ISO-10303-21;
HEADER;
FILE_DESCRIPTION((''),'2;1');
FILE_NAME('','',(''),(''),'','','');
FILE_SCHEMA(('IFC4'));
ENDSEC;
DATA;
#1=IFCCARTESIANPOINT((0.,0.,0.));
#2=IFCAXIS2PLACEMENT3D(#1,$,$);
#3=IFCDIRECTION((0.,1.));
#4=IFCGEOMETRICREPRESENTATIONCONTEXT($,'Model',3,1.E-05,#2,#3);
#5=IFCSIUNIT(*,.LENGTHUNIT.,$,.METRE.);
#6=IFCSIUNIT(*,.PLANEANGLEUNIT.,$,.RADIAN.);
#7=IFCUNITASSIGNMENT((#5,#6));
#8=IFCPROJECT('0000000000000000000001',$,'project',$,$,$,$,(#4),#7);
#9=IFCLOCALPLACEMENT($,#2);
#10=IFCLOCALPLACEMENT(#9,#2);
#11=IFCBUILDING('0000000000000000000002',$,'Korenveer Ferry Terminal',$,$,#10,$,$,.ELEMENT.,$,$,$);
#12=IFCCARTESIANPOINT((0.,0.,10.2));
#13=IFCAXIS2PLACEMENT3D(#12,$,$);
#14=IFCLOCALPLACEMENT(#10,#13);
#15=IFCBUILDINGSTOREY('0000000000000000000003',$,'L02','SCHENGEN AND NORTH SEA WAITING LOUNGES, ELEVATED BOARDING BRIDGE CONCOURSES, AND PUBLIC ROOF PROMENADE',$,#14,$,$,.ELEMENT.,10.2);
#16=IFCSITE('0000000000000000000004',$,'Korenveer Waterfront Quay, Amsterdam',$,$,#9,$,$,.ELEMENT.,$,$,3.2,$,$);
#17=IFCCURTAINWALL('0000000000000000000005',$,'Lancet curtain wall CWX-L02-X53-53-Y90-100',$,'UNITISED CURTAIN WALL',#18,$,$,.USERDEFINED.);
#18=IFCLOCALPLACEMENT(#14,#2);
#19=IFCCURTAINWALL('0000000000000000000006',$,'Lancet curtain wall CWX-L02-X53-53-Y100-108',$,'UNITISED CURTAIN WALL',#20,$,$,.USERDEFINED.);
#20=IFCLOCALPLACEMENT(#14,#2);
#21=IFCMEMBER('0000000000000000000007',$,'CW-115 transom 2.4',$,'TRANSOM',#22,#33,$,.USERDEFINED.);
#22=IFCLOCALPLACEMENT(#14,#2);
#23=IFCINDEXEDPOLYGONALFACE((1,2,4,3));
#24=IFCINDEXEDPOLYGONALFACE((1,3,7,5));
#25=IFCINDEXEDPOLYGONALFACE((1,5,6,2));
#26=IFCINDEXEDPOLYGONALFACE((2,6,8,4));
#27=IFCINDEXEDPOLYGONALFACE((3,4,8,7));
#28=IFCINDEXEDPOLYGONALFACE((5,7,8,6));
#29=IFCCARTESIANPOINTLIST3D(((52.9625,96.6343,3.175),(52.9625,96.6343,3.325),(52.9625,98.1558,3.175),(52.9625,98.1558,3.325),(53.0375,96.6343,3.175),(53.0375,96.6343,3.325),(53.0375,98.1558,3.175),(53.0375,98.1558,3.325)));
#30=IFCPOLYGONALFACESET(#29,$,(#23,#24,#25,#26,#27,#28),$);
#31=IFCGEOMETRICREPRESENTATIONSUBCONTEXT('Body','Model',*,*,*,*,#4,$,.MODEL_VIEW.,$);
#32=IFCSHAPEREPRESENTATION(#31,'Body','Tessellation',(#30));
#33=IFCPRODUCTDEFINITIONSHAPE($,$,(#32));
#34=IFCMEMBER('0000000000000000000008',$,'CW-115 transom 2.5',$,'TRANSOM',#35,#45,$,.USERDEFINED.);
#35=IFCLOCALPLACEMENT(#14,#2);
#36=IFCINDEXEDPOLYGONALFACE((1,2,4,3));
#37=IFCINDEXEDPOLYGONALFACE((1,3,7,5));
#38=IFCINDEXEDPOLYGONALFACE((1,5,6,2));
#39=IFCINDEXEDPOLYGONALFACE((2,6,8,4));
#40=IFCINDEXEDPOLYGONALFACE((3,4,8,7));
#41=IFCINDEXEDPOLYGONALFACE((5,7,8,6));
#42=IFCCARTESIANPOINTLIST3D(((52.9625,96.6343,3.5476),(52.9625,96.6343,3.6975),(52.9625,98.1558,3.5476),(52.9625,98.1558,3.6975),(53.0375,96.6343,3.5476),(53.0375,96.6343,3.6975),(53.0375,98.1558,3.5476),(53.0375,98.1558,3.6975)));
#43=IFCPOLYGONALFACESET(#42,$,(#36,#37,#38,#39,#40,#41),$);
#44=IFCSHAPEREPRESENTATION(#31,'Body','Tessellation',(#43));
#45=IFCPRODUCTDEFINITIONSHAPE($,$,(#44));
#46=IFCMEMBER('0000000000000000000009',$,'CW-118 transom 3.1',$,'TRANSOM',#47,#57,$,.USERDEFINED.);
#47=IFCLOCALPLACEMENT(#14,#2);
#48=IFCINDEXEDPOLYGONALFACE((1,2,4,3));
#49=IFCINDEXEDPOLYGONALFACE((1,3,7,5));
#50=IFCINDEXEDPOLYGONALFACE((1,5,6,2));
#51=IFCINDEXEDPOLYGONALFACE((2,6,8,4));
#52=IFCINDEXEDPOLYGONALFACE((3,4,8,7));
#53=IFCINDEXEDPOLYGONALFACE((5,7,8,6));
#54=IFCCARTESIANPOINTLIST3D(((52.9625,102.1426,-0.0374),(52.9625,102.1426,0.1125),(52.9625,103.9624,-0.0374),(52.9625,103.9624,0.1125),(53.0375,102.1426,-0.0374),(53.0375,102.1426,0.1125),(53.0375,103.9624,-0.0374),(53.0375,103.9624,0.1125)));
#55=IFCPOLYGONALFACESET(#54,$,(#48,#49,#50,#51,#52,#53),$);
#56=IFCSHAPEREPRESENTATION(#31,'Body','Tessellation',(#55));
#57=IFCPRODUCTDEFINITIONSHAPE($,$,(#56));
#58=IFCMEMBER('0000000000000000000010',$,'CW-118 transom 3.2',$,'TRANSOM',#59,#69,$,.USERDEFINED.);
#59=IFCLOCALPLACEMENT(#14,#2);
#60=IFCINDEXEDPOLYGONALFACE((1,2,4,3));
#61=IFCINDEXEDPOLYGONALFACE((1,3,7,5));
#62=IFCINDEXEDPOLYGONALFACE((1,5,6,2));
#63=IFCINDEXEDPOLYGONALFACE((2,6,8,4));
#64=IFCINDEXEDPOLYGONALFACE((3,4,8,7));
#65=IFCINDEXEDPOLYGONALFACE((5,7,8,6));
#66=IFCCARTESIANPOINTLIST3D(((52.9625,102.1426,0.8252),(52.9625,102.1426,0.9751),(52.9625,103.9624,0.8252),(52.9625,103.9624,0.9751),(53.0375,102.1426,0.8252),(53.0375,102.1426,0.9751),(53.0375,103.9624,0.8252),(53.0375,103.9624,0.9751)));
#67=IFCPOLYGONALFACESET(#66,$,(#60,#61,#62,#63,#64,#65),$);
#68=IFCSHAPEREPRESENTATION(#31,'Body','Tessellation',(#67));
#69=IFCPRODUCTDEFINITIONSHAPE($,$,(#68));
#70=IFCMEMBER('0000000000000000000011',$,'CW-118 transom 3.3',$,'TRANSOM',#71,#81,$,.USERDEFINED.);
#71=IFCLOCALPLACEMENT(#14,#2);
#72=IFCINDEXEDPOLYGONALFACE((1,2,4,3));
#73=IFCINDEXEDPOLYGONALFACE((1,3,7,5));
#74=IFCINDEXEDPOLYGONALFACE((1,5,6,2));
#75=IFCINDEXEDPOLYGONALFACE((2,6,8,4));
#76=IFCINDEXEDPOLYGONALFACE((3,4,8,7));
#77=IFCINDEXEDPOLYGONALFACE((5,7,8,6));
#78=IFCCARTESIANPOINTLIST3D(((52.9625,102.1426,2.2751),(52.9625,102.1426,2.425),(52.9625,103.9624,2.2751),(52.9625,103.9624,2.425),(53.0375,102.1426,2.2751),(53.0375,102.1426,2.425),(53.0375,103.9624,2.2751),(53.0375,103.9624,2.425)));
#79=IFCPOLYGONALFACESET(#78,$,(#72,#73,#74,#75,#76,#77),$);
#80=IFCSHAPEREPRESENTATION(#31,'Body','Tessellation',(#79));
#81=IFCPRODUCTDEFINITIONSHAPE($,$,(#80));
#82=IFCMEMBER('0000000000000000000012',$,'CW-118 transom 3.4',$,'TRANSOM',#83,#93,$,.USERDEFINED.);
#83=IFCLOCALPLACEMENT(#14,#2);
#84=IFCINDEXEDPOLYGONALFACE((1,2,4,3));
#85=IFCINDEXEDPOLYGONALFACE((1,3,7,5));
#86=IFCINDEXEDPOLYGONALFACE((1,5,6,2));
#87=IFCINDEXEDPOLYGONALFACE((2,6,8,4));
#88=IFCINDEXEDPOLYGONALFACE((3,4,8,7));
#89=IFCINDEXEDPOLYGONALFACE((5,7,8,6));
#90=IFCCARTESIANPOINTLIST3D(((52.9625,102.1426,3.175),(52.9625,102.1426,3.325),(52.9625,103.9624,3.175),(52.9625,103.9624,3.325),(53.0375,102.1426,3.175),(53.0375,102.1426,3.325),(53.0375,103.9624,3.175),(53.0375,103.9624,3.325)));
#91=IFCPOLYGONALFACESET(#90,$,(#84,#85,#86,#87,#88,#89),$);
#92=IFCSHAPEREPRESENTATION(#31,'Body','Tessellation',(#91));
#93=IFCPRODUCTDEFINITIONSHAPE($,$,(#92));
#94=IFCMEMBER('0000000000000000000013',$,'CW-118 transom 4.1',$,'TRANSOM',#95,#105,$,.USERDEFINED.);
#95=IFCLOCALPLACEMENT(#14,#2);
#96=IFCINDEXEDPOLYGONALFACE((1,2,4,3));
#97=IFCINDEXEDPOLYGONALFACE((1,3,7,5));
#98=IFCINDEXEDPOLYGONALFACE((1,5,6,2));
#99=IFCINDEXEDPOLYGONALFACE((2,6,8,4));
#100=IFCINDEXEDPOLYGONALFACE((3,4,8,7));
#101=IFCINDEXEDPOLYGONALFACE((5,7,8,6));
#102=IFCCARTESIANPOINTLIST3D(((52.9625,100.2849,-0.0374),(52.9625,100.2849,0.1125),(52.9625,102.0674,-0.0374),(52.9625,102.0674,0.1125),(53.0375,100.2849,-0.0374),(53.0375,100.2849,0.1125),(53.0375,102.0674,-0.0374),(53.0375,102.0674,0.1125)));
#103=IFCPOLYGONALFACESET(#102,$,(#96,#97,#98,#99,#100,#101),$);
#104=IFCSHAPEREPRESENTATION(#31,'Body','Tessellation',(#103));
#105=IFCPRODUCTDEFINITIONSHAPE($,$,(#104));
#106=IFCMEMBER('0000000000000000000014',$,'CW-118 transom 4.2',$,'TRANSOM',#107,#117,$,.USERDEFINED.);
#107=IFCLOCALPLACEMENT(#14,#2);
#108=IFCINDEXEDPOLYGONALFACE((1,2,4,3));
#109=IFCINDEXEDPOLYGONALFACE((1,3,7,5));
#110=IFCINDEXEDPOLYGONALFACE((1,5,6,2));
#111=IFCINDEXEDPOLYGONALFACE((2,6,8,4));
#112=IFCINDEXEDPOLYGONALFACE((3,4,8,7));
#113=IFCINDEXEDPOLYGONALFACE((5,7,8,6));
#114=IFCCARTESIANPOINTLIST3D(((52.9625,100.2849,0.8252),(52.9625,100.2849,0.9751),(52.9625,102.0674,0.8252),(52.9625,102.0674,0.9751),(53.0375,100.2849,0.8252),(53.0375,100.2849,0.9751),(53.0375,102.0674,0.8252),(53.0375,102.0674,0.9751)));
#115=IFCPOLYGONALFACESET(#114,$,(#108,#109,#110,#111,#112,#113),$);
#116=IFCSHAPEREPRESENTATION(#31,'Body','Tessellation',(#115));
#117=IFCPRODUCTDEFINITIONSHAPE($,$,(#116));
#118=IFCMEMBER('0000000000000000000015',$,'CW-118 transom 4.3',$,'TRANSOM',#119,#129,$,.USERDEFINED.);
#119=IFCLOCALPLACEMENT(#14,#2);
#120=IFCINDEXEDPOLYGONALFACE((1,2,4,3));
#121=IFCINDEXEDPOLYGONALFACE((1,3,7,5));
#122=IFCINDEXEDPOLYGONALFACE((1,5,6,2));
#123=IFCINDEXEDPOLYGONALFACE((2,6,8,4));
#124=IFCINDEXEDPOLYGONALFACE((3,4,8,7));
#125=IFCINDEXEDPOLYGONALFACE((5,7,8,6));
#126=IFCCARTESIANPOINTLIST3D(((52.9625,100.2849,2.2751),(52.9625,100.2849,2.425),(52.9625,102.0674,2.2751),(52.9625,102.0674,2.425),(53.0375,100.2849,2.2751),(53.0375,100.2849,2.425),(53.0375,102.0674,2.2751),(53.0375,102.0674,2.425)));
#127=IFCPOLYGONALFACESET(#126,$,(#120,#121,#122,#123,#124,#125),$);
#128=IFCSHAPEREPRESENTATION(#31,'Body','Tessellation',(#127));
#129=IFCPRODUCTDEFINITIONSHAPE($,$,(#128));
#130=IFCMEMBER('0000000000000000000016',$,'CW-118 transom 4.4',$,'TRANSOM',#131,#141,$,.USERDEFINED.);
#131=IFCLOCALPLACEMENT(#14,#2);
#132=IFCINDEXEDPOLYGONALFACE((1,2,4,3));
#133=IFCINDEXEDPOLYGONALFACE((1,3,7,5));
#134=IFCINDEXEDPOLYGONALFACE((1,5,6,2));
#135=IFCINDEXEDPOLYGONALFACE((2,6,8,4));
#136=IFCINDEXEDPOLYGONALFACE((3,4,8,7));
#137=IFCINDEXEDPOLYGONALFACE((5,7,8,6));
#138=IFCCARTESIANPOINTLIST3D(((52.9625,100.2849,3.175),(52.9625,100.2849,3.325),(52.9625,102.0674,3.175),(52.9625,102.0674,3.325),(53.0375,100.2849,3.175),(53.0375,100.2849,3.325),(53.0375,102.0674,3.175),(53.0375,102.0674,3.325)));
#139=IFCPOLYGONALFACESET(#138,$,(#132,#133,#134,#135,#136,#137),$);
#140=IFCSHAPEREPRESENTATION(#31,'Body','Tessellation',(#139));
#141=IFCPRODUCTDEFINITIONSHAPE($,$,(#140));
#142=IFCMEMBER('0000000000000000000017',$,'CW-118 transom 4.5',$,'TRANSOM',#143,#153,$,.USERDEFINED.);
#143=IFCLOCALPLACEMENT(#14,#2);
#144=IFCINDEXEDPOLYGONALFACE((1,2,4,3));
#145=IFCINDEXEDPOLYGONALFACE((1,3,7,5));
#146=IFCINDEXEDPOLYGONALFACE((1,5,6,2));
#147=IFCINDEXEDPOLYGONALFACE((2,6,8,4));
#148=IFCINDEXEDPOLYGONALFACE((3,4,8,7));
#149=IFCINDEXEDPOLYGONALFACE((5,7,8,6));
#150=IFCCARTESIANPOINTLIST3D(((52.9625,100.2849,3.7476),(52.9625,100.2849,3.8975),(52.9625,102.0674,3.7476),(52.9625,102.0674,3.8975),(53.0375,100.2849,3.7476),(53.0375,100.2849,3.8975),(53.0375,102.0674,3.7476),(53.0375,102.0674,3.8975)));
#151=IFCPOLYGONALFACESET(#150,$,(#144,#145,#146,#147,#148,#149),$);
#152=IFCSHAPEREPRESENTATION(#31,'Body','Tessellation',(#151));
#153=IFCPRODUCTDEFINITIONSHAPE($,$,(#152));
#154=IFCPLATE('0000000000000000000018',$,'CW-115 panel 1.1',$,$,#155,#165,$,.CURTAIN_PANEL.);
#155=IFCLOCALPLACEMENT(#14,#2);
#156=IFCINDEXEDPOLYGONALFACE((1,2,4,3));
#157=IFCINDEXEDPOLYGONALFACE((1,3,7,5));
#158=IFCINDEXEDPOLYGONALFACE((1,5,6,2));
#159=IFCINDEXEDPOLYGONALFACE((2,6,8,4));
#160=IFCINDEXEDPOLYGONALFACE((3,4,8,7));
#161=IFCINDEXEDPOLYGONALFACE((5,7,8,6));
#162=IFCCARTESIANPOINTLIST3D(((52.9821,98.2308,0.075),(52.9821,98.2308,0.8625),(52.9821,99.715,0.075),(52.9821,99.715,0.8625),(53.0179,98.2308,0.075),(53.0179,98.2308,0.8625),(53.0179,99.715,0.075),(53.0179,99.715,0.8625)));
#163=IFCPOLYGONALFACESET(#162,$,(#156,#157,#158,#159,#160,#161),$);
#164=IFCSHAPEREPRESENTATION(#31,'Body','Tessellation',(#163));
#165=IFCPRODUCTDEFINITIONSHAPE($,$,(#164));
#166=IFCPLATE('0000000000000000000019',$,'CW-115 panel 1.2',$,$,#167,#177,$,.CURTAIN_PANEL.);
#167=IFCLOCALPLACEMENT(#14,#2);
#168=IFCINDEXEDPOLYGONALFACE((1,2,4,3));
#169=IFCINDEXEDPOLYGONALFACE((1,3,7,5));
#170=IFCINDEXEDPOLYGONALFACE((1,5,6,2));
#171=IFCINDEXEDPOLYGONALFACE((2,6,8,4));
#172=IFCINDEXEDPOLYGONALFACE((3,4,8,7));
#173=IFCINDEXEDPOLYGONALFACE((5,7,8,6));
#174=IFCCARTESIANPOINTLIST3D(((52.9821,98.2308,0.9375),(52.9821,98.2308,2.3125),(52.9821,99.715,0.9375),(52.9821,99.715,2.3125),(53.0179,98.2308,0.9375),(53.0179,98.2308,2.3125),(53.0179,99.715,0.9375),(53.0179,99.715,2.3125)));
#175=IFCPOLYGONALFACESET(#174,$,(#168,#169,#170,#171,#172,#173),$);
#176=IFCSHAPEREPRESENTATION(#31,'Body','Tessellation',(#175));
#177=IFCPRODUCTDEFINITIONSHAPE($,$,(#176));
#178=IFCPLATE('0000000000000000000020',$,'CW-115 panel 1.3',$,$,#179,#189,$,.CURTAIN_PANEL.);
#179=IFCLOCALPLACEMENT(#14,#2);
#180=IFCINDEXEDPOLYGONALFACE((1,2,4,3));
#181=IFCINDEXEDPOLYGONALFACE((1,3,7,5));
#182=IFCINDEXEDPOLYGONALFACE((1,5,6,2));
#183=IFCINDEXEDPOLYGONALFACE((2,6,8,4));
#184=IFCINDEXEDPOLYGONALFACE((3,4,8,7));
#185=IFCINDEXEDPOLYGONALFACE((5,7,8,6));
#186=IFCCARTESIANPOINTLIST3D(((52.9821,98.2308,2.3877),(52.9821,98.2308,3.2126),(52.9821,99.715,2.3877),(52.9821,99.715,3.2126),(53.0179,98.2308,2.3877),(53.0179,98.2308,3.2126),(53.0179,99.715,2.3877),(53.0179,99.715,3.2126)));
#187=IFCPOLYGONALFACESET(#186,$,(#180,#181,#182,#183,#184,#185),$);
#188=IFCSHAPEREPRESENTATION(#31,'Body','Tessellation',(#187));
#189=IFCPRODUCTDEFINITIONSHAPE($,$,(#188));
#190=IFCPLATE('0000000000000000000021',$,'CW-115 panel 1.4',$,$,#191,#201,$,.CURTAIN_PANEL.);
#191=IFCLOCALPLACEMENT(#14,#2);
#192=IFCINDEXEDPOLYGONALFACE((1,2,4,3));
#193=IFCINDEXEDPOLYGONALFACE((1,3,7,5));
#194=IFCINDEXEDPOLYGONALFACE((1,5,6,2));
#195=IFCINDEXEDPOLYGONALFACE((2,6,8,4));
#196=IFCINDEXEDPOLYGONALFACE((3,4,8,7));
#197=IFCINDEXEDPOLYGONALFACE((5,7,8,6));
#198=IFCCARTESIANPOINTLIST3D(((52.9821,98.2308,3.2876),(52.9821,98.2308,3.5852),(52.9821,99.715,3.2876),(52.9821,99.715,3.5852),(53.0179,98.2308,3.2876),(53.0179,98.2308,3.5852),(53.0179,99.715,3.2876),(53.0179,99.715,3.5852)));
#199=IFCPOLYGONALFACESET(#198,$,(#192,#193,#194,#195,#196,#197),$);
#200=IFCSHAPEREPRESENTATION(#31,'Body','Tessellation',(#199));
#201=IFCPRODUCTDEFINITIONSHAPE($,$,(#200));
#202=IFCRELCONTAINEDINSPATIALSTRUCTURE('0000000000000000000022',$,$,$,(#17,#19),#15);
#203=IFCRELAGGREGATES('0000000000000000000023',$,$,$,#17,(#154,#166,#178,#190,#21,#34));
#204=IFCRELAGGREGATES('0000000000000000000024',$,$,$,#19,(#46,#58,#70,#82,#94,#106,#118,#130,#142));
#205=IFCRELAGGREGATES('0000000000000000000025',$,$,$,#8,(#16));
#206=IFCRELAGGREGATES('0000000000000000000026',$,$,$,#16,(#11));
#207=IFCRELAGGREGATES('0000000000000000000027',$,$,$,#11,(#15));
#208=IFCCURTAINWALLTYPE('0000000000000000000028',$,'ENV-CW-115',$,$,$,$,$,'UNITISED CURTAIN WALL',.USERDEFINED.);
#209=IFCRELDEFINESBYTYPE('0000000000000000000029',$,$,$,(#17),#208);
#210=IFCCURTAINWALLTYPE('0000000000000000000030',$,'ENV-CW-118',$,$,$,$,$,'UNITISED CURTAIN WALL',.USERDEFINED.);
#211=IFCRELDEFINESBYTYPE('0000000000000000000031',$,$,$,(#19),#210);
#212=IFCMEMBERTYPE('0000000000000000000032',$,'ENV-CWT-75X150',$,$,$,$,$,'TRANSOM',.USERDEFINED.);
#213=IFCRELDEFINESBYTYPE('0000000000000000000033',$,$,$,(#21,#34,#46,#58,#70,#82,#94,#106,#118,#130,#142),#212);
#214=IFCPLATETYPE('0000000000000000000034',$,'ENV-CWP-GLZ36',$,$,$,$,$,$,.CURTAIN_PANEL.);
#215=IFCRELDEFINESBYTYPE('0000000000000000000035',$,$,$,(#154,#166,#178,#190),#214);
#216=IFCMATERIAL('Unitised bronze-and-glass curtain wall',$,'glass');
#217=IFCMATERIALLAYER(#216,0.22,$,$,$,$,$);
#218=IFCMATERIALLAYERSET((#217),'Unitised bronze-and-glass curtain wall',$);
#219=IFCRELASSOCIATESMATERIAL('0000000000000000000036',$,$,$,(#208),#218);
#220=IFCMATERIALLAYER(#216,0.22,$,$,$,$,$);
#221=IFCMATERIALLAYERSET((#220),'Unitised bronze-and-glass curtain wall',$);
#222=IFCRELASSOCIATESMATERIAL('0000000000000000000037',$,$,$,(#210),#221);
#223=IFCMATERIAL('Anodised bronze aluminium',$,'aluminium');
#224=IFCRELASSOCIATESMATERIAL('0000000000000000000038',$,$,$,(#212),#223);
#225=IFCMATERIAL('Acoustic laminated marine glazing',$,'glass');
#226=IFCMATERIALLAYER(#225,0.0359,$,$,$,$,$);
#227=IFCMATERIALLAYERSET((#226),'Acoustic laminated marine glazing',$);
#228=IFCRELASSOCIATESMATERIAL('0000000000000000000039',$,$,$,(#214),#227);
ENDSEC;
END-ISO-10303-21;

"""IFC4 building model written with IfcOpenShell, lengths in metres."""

from ifc_helpers import new_model, si_unit, direction, frame, origin, origin_2d, place, context, subcontext, project, spatial, rectangle, extrude, material, layer, layer_set, material_profile, profile_set, type_object, element, aggregate, save


model = new_model("IFC4")

# Units and contexts
model_context = context("Model", 3, precision=1e-05, world=origin(), true_north=direction((0.0, 1.0)))
body_context = subcontext(model_context, "Body", "Model", "MODEL_VIEW")
ifc_project = project(units=[si_unit("LENGTHUNIT", "METRE"), si_unit("PLANEANGLEUNIT", "RADIAN")], contexts=[model_context])

# Site, building, storey
site_placement = place(None, origin())
site = spatial("IfcSite", under=ifc_project, at=site_placement, Name="Korenveer Waterfront Quay, Amsterdam", CompositionType="ELEMENT", RefElevation=3.2)
building_placement = place(site_placement, origin())
building = spatial("IfcBuilding", under=site, at=building_placement, Name="Korenveer Ferry Terminal", CompositionType="ELEMENT")
storey_placement = place(building_placement, frame((0.0, 0.0, 10.2)))
storey = spatial("IfcBuildingStorey", under=building, at=storey_placement, Name="L02", Description="SCHENGEN AND NORTH SEA WAITING LOUNGES, ELEVATED BOARDING BRIDGE CONCOURSES, AND PUBLIC ROOF PROMENADE", CompositionType="ELEMENT", Elevation=10.2)

# Curtain walls
ifc_material_1 = material(Name="Unitised bronze-and-glass curtain wall", Category="glass")
ifc_layer_1 = layer(ifc_material_1, 0.22)
ifc_layer_set_1 = layer_set([ifc_layer_1], Name="Unitised bronze-and-glass curtain wall")
curtain_wall_type_1 = type_object("IfcCurtainWallType", Name="ENV-CW-115", ElementType="UNITISED CURTAIN WALL", PredefinedType="USERDEFINED", material=ifc_layer_set_1)
curtain_wall_1_placement = place(storey_placement, frame((53.0, 99.79, 0.0)))
curtain_wall_1 = element("IfcCurtainWall", 1, at=curtain_wall_1_placement, inside=storey, type_object=curtain_wall_type_1, Name="Lancet curtain wall CWX-L02-X53-53-Y90-100", ObjectType="UNITISED CURTAIN WALL", PredefinedType="USERDEFINED")
ifc_material_2 = material(Name="Anodised bronze aluminium", Category="aluminium")
ifc_layer_2 = layer(ifc_material_1, 0.22)
ifc_layer_set_2 = layer_set([ifc_layer_2], Name="Unitised bronze-and-glass curtain wall")
curtain_wall_type_2 = type_object("IfcCurtainWallType", Name="ENV-CW-118", ElementType="UNITISED CURTAIN WALL", PredefinedType="USERDEFINED", material=ifc_layer_set_2)
curtain_wall_2_placement = place(storey_placement, frame((53.0, 107.79, 0.0)))
curtain_wall_2 = element("IfcCurtainWall", 2, at=curtain_wall_2_placement, inside=storey, type_object=curtain_wall_type_2, Name="Lancet curtain wall CWX-L02-X53-53-Y100-108", ObjectType="UNITISED CURTAIN WALL", PredefinedType="USERDEFINED")

# Members
ifc_material_profile_1 = material_profile(ifc_material_2, rectangle(XDim=0.075, YDim=0.1499, at=origin_2d()), Name="ALU 75x150")
ifc_profile_set_1 = profile_set([ifc_material_profile_1], Name="Anodised bronze aluminium")
member_type_1 = type_object("IfcMemberType", Name="ENV-CWT-75X150", ElementType="TRANSOM", PredefinedType="USERDEFINED", material=ifc_profile_set_1)
member_1_placement = place(storey_placement, frame((53.0, 98.1558, 3.25), z_axis=(0.0, -1.0, 0.0), x_axis=(1.0, 0.0, 0.0)))
member_1 = element("IfcMember", 3, at=member_1_placement, type_object=member_type_1, Name="CW-115 transom 2.4", ObjectType="TRANSOM", PredefinedType="USERDEFINED", context=body_context, shape_type="SweptSolid", body=[
    extrude(rectangle(XDim=0.075, YDim=0.1499, at=origin_2d()), origin(), (0.0, 0.0, 1.0), 1.5215),
])
member_2_placement = place(storey_placement, frame((53.0, 98.1558, 3.6226), z_axis=(0.0, -1.0, 0.0), x_axis=(1.0, 0.0, 0.0)))
member_2 = element("IfcMember", 4, at=member_2_placement, type_object=member_type_1, Name="CW-115 transom 2.5", ObjectType="TRANSOM", PredefinedType="USERDEFINED", context=body_context, shape_type="SweptSolid", body=[
    extrude(rectangle(XDim=0.075, YDim=0.1499, at=origin_2d()), origin(), (0.0, 0.0, 1.0), 1.5215),
])
member_3_placement = place(storey_placement, frame((53.0, 103.9624, 0.0376), z_axis=(0.0, -1.0, 0.0), x_axis=(1.0, 0.0, 0.0)))
member_3 = element("IfcMember", 5, at=member_3_placement, type_object=member_type_1, Name="CW-118 transom 3.1", ObjectType="TRANSOM", PredefinedType="USERDEFINED", context=body_context, shape_type="SweptSolid", body=[
    extrude(rectangle(XDim=0.075, YDim=0.1499, at=origin_2d()), origin(), (0.0, 0.0, 1.0), 1.8198),
])
member_4_placement = place(storey_placement, frame((53.0, 103.9624, 0.9001), z_axis=(0.0, -1.0, 0.0), x_axis=(1.0, 0.0, 0.0)))
member_4 = element("IfcMember", 6, at=member_4_placement, type_object=member_type_1, Name="CW-118 transom 3.2", ObjectType="TRANSOM", PredefinedType="USERDEFINED", context=body_context, shape_type="SweptSolid", body=[
    extrude(rectangle(XDim=0.075, YDim=0.1499, at=origin_2d()), origin(), (0.0, 0.0, 1.0), 1.8198),
])
member_5_placement = place(storey_placement, frame((53.0, 103.9624, 2.3501), z_axis=(0.0, -1.0, 0.0), x_axis=(1.0, 0.0, 0.0)))
member_5 = element("IfcMember", 7, at=member_5_placement, type_object=member_type_1, Name="CW-118 transom 3.3", ObjectType="TRANSOM", PredefinedType="USERDEFINED", context=body_context, shape_type="SweptSolid", body=[
    extrude(rectangle(XDim=0.075, YDim=0.1499, at=origin_2d()), origin(), (0.0, 0.0, 1.0), 1.8198),
])
member_6_placement = place(storey_placement, frame((53.0, 103.9624, 3.25), z_axis=(0.0, -1.0, 0.0), x_axis=(1.0, 0.0, 0.0)))
member_6 = element("IfcMember", 8, at=member_6_placement, type_object=member_type_1, Name="CW-118 transom 3.4", ObjectType="TRANSOM", PredefinedType="USERDEFINED", context=body_context, shape_type="SweptSolid", body=[
    extrude(rectangle(XDim=0.075, YDim=0.1499, at=origin_2d()), origin(), (0.0, 0.0, 1.0), 1.8198),
])
member_7_placement = place(storey_placement, frame((53.0, 102.0674, 0.0376), z_axis=(0.0, -1.0, 0.0), x_axis=(1.0, 0.0, 0.0)))
member_7 = element("IfcMember", 9, at=member_7_placement, type_object=member_type_1, Name="CW-118 transom 4.1", ObjectType="TRANSOM", PredefinedType="USERDEFINED", context=body_context, shape_type="SweptSolid", body=[
    extrude(rectangle(XDim=0.075, YDim=0.1499, at=origin_2d()), origin(), (0.0, 0.0, 1.0), 1.7825),
])
member_8_placement = place(storey_placement, frame((53.0, 102.0674, 0.9001), z_axis=(0.0, -1.0, 0.0), x_axis=(1.0, 0.0, 0.0)))
member_8 = element("IfcMember", 10, at=member_8_placement, type_object=member_type_1, Name="CW-118 transom 4.2", ObjectType="TRANSOM", PredefinedType="USERDEFINED", context=body_context, shape_type="SweptSolid", body=[
    extrude(rectangle(XDim=0.075, YDim=0.1499, at=origin_2d()), origin(), (0.0, 0.0, 1.0), 1.7825),
])
member_9_placement = place(storey_placement, frame((53.0, 102.0674, 2.3501), z_axis=(0.0, -1.0, 0.0), x_axis=(1.0, 0.0, 0.0)))
member_9 = element("IfcMember", 11, at=member_9_placement, type_object=member_type_1, Name="CW-118 transom 4.3", ObjectType="TRANSOM", PredefinedType="USERDEFINED", context=body_context, shape_type="SweptSolid", body=[
    extrude(rectangle(XDim=0.075, YDim=0.1499, at=origin_2d()), origin(), (0.0, 0.0, 1.0), 1.7825),
])
member_10_placement = place(storey_placement, frame((53.0, 102.0674, 3.25), z_axis=(0.0, -1.0, 0.0), x_axis=(1.0, 0.0, 0.0)))
member_10 = element("IfcMember", 12, at=member_10_placement, type_object=member_type_1, Name="CW-118 transom 4.4", ObjectType="TRANSOM", PredefinedType="USERDEFINED", context=body_context, shape_type="SweptSolid", body=[
    extrude(rectangle(XDim=0.075, YDim=0.1499, at=origin_2d()), origin(), (0.0, 0.0, 1.0), 1.7825),
])
member_11_placement = place(storey_placement, frame((53.0, 102.0674, 3.8225), z_axis=(0.0, -1.0, 0.0), x_axis=(1.0, 0.0, 0.0)))
member_11 = element("IfcMember", 13, at=member_11_placement, type_object=member_type_1, Name="CW-118 transom 4.5", ObjectType="TRANSOM", PredefinedType="USERDEFINED", context=body_context, shape_type="SweptSolid", body=[
    extrude(rectangle(XDim=0.075, YDim=0.1499, at=origin_2d()), origin(), (0.0, 0.0, 1.0), 1.7825),
])

# Plates
ifc_material_3 = material(Name="Acoustic laminated marine glazing", Category="glass")
ifc_layer_3 = layer(ifc_material_3, 0.0359)
ifc_layer_set_3 = layer_set([ifc_layer_3], Name="Acoustic laminated marine glazing")
plate_type = type_object("IfcPlateType", Name="ENV-CWP-GLZ36", PredefinedType="CURTAIN_PANEL", material=ifc_layer_set_3)
plate_1_placement = place(storey_placement, frame((53.0, 98.9729, 0.075), z_axis=(0.0, 0.0, 1.0), x_axis=(0.0, -1.0, 0.0)))
plate_1 = element("IfcPlate", 14, at=plate_1_placement, type_object=plate_type, Name="CW-115 panel 1.1", PredefinedType="CURTAIN_PANEL", context=body_context, shape_type="SweptSolid", body=[
    extrude(rectangle(XDim=1.4841, YDim=0.0359, at=origin_2d()), origin(), (0.0, 0.0, 1.0), 0.7876),
])
plate_2_placement = place(storey_placement, frame((53.0, 98.9729, 0.9375), z_axis=(0.0, 0.0, 1.0), x_axis=(0.0, -1.0, 0.0)))
plate_2 = element("IfcPlate", 15, at=plate_2_placement, type_object=plate_type, Name="CW-115 panel 1.2", PredefinedType="CURTAIN_PANEL", context=body_context, shape_type="SweptSolid", body=[
    extrude(rectangle(XDim=1.4841, YDim=0.0359, at=origin_2d()), origin(), (0.0, 0.0, 1.0), 1.375),
])
plate_3_placement = place(storey_placement, frame((53.0, 98.9729, 2.3877), z_axis=(0.0, 0.0, 1.0), x_axis=(0.0, -1.0, 0.0)))
plate_3 = element("IfcPlate", 16, at=plate_3_placement, type_object=plate_type, Name="CW-115 panel 1.3", PredefinedType="CURTAIN_PANEL", context=body_context, shape_type="SweptSolid", body=[
    extrude(rectangle(XDim=1.4841, YDim=0.0359, at=origin_2d()), origin(), (0.0, 0.0, 1.0), 0.825),
])
plate_4_placement = place(storey_placement, frame((53.0, 98.9729, 3.2876), z_axis=(0.0, 0.0, 1.0), x_axis=(0.0, -1.0, 0.0)))
plate_4 = element("IfcPlate", 17, at=plate_4_placement, type_object=plate_type, Name="CW-115 panel 1.4", PredefinedType="CURTAIN_PANEL", context=body_context, shape_type="SweptSolid", body=[
    extrude(rectangle(XDim=1.4841, YDim=0.0359, at=origin_2d()), origin(), (0.0, 0.0, 1.0), 0.2976),
])
aggregate(curtain_wall_1, [plate_1, plate_2, plate_3, plate_4, member_1, member_2])
aggregate(curtain_wall_2, [member_3, member_4, member_5, member_6, member_7, member_8, member_9, member_10, member_11])

save(model, "model.ifc")
